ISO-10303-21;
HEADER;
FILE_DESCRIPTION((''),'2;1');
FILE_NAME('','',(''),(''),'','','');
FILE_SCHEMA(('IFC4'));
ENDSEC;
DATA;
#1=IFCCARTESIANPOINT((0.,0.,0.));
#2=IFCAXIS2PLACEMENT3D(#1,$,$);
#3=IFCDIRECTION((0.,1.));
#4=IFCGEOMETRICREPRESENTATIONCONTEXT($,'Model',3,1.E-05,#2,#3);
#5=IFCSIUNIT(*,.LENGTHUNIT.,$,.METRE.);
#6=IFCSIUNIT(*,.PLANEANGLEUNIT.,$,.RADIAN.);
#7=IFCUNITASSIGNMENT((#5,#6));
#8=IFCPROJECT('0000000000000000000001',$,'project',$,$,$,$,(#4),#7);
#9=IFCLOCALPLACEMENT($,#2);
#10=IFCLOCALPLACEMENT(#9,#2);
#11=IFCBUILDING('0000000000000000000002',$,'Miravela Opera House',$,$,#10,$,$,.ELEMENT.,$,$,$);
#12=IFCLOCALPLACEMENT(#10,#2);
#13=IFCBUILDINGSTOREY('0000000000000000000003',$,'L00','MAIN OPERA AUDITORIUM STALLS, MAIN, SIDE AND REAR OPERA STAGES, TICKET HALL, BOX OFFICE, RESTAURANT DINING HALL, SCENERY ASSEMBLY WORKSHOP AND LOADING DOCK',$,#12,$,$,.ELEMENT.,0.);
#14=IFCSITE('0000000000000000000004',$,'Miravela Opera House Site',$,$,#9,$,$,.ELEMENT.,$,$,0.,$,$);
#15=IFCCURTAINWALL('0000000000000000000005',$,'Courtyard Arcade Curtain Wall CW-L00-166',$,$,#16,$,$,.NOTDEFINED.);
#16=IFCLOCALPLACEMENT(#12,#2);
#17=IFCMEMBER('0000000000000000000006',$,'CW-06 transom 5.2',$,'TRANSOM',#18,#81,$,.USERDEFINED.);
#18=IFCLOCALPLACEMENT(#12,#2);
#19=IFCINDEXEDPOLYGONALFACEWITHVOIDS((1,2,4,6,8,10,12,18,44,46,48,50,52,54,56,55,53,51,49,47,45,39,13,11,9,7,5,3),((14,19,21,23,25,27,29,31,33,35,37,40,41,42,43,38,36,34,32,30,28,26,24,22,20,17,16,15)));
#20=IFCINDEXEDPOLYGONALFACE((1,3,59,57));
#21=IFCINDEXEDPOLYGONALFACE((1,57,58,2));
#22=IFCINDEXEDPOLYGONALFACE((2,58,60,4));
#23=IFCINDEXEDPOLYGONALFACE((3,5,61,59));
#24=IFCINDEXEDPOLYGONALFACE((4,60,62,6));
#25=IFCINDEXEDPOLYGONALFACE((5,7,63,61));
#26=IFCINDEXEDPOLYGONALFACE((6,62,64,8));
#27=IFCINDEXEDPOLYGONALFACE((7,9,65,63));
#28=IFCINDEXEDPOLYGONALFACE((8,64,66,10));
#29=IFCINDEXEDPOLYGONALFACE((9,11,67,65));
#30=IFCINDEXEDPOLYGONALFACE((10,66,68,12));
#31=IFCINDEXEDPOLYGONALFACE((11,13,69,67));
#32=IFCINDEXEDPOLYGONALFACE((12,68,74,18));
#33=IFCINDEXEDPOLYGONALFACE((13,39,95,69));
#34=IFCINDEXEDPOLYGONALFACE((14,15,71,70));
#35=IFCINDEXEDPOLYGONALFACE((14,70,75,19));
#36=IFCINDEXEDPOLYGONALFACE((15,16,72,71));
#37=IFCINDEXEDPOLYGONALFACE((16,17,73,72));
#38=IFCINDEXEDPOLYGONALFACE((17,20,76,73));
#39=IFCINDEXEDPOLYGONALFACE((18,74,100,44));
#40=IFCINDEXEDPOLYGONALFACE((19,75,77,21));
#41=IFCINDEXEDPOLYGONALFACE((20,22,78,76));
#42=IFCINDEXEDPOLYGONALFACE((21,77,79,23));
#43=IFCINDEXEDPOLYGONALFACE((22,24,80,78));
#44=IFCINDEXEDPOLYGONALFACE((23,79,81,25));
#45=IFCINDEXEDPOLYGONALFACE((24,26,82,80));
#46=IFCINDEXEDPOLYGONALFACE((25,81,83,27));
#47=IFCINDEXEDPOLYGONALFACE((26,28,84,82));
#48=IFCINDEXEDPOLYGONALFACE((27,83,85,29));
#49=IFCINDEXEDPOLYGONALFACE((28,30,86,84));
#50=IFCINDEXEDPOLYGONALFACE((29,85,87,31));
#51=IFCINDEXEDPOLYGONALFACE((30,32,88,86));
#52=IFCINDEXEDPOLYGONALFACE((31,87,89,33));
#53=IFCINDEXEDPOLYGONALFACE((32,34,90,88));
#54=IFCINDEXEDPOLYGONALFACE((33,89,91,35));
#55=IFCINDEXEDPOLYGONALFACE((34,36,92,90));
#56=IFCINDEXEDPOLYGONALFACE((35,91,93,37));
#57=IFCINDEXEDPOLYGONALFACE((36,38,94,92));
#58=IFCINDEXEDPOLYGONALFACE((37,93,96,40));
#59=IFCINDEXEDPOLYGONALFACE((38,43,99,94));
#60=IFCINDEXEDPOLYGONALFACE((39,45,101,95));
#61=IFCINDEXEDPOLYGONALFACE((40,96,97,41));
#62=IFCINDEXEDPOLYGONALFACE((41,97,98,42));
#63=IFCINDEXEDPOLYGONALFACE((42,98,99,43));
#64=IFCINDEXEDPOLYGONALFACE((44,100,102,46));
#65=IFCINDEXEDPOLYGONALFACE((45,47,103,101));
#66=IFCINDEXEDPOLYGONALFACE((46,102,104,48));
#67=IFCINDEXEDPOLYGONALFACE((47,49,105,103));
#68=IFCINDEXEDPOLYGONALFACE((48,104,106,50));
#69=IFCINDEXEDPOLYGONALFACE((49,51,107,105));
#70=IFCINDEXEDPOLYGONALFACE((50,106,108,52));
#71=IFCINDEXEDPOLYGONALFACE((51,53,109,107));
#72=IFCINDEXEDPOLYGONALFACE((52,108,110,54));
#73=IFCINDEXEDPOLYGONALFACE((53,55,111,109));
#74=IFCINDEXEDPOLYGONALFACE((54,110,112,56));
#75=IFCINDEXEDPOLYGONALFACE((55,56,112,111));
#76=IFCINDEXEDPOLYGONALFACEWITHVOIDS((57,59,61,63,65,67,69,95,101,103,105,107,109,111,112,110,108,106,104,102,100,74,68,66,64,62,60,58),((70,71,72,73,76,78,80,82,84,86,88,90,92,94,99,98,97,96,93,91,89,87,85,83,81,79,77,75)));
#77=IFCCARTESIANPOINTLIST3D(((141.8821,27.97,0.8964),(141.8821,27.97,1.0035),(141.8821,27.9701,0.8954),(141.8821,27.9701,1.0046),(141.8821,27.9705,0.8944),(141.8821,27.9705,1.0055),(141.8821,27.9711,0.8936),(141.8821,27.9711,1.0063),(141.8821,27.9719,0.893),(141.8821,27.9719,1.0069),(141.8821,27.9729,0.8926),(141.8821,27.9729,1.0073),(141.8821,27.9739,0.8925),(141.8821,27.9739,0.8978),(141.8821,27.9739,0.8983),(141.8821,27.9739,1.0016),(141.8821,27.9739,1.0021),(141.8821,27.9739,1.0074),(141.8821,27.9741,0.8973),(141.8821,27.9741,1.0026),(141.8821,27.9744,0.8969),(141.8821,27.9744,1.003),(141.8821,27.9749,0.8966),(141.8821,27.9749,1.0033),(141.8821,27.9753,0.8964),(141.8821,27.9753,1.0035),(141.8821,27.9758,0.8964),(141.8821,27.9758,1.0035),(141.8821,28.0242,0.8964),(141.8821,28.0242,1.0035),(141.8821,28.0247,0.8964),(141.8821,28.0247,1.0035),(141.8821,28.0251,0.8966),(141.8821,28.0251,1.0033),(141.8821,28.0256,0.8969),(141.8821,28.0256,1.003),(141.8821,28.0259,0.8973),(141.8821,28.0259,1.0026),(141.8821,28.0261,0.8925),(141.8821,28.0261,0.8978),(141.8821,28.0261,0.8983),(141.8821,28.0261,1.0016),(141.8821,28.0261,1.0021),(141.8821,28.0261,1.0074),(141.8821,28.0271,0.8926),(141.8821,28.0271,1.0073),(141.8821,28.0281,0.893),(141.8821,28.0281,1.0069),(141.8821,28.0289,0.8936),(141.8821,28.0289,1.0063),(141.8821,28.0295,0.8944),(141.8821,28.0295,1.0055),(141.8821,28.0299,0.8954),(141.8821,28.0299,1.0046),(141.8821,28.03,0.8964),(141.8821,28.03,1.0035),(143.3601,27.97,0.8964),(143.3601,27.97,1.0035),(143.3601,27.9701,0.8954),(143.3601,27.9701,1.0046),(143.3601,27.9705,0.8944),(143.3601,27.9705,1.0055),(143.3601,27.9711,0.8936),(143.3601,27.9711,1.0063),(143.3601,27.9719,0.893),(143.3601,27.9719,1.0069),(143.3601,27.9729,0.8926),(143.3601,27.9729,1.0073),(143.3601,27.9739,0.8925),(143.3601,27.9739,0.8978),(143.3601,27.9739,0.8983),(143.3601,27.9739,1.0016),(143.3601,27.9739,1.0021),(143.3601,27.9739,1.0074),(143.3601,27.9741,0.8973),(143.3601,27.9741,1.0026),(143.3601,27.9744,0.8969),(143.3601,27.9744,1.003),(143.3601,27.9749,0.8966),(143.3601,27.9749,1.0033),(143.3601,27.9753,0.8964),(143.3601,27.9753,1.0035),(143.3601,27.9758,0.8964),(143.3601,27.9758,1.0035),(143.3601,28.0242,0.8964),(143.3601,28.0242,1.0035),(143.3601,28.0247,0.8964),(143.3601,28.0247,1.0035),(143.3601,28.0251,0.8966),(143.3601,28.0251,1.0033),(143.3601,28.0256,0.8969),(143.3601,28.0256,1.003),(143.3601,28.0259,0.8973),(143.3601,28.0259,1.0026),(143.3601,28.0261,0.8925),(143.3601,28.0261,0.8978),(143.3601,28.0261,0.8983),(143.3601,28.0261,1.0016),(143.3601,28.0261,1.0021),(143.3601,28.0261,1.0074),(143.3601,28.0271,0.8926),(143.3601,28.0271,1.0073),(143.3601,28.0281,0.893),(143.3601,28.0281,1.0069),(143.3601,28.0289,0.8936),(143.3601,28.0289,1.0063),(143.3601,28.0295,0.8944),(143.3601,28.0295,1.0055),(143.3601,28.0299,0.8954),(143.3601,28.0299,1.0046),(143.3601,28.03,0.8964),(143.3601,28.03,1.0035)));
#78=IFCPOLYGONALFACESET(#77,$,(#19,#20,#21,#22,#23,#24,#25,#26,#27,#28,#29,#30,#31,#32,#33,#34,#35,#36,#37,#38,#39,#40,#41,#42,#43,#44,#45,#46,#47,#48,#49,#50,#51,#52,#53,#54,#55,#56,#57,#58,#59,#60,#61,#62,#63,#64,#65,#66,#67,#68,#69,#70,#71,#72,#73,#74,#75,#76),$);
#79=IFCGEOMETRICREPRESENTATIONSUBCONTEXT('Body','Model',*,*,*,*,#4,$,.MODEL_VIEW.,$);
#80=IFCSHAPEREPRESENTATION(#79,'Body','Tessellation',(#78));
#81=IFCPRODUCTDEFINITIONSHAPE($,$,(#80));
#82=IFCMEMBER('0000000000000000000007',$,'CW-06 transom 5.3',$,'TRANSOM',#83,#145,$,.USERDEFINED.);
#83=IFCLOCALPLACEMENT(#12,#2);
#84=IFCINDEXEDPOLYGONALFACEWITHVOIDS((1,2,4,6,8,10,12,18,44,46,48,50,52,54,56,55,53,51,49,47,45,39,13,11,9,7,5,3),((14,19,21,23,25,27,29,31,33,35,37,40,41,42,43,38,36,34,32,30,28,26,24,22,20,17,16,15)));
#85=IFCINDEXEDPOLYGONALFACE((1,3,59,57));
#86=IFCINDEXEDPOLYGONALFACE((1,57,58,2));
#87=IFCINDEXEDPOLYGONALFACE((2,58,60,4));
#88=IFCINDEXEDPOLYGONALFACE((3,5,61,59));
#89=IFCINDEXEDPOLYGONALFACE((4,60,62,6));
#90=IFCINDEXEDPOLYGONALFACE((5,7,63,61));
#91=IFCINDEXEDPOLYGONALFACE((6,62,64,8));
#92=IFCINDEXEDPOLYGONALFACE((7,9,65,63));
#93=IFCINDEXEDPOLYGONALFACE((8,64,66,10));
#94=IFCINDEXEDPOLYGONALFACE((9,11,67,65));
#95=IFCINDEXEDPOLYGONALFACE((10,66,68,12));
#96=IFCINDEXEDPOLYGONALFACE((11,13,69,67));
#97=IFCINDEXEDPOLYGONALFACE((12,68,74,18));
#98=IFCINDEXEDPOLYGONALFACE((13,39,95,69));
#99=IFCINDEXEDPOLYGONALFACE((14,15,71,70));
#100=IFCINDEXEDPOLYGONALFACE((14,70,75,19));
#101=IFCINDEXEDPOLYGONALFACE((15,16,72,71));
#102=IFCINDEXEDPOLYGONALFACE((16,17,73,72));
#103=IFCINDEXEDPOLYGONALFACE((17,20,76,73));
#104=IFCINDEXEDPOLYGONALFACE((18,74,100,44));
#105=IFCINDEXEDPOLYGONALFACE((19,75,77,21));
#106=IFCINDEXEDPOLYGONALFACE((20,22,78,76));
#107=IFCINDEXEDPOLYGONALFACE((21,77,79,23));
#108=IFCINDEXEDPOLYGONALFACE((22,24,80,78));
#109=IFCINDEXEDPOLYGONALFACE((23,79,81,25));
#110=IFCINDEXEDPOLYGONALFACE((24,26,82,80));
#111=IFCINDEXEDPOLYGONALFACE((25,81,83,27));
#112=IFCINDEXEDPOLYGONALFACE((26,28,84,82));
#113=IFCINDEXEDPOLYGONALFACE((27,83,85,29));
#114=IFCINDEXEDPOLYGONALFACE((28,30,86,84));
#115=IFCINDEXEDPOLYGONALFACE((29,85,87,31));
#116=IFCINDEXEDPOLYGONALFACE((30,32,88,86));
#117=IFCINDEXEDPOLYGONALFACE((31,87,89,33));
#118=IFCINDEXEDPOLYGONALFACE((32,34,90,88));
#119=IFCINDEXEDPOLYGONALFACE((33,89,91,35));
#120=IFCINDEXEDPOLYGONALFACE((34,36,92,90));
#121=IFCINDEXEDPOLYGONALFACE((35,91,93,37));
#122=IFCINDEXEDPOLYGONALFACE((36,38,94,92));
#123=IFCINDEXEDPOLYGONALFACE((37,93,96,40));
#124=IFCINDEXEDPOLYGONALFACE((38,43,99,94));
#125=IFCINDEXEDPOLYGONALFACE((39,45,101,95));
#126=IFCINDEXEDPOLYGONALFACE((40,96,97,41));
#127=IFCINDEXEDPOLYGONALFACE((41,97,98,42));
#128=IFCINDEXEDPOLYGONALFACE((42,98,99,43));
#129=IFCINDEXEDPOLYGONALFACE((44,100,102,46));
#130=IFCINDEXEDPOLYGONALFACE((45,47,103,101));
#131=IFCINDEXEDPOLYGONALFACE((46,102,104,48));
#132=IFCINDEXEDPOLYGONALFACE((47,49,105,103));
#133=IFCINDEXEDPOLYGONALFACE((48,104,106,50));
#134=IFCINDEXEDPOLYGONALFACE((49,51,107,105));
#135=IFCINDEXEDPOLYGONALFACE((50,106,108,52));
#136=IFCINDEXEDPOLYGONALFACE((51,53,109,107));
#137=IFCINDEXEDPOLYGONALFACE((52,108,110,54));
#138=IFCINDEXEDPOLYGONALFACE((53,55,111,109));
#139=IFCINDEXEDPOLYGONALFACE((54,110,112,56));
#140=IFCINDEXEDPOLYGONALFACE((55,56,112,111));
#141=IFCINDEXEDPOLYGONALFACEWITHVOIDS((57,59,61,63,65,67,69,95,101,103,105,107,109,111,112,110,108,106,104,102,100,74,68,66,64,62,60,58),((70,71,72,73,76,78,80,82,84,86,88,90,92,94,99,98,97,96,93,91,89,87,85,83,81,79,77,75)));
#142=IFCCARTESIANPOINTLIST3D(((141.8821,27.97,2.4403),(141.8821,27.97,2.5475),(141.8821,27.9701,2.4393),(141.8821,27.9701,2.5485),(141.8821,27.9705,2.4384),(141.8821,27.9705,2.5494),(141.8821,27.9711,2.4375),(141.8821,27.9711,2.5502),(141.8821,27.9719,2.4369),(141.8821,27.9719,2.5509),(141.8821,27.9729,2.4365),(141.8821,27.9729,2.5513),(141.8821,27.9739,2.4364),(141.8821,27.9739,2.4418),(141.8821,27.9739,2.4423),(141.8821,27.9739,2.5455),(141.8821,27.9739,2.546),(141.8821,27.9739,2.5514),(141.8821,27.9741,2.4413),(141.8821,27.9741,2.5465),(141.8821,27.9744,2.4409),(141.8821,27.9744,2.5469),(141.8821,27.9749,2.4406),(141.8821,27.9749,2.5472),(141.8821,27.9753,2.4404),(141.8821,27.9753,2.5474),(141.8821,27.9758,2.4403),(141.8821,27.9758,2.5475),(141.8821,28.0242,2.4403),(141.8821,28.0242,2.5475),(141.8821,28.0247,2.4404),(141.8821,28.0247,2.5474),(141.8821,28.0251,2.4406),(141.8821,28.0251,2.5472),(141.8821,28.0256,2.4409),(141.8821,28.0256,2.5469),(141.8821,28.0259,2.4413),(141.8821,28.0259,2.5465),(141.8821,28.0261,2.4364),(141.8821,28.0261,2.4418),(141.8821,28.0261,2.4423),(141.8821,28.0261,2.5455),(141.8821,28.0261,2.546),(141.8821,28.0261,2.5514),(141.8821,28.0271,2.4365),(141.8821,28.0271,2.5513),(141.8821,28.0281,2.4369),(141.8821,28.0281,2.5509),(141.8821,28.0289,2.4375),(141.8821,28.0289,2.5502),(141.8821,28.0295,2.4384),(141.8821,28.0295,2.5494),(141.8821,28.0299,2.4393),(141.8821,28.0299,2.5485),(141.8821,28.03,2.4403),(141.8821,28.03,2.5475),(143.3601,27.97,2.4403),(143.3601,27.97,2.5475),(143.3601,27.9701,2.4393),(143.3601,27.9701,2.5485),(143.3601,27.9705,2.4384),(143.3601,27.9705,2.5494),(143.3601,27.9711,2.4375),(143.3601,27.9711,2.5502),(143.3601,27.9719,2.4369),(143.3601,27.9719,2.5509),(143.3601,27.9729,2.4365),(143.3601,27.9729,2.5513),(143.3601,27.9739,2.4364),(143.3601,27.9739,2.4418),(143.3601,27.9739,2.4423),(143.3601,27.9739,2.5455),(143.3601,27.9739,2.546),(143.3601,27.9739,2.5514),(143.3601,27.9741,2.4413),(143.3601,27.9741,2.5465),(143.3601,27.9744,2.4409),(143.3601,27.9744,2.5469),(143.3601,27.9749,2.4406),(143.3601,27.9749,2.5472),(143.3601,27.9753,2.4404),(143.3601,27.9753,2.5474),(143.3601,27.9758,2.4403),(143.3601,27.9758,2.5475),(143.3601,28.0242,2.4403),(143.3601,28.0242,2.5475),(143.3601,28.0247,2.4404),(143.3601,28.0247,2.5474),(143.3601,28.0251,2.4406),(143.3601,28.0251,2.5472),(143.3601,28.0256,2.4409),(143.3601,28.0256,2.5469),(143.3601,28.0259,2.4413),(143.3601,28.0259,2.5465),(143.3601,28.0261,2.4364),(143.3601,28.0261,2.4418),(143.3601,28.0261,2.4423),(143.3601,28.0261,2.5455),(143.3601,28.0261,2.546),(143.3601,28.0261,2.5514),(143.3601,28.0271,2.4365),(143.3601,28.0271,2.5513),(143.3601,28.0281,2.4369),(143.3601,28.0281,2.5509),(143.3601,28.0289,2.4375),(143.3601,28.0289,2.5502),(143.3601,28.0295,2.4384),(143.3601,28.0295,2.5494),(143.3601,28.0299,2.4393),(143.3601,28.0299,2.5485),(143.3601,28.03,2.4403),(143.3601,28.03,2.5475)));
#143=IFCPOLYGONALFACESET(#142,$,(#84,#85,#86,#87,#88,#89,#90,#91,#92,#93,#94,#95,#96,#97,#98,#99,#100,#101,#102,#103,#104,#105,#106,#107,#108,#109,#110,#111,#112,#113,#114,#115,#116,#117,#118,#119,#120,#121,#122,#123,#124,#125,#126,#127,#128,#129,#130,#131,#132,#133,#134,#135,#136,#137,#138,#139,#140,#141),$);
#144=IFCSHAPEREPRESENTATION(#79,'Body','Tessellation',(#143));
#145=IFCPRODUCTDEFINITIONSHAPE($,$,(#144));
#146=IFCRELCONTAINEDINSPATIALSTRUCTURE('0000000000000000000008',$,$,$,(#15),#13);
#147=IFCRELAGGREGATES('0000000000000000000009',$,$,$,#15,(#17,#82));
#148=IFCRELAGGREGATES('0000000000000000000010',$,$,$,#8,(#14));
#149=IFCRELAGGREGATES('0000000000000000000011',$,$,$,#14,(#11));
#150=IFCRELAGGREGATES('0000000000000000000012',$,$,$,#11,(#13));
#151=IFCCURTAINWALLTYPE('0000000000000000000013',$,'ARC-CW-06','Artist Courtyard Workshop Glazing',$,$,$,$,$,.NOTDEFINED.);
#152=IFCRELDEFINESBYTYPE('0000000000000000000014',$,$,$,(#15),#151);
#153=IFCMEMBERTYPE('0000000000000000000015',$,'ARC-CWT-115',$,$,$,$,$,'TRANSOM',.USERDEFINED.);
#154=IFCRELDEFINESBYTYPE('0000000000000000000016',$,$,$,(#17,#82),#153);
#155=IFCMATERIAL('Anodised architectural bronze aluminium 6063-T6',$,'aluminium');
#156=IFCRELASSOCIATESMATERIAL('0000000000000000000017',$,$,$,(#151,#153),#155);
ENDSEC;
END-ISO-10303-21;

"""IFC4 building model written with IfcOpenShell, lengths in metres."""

from ifc_helpers import new_model, si_unit, direction, frame, origin, origin_2d, place, context, subcontext, project, spatial, hollow_rectangle, extrude, material, material_profile, profile_set, type_object, element, aggregate, save


model = new_model("IFC4")

# Units and contexts
model_context = context("Model", 3, precision=1e-05, world=origin(), true_north=direction((0.0, 1.0)))
body_context = subcontext(model_context, "Body", "Model", "MODEL_VIEW")
ifc_project = project(units=[si_unit("LENGTHUNIT", "METRE"), si_unit("PLANEANGLEUNIT", "RADIAN")], contexts=[model_context])

# Site, building, storey
site_placement = place(None, origin())
site = spatial("IfcSite", under=ifc_project, at=site_placement, Name="Miravela Opera House Site", CompositionType="ELEMENT", RefElevation=0.0)
building_placement = place(site_placement, origin())
building = spatial("IfcBuilding", under=site, at=building_placement, Name="Miravela Opera House", CompositionType="ELEMENT")
storey_placement = place(building_placement, origin())
storey = spatial("IfcBuildingStorey", under=building, at=storey_placement, Name="L00", Description="MAIN OPERA AUDITORIUM STALLS, MAIN, SIDE AND REAR OPERA STAGES, TICKET HALL, BOX OFFICE, RESTAURANT DINING HALL, SCENERY ASSEMBLY WORKSHOP AND LOADING DOCK", CompositionType="ELEMENT", Elevation=0.0)

# Curtain wall, members
ifc_material_1 = material(Name="Anodised architectural bronze aluminium 6063-T6", Category="aluminium")
curtain_wall_type = type_object("IfcCurtainWallType", Name="ARC-CW-06", Description="Artist Courtyard Workshop Glazing", PredefinedType="NOTDEFINED", material=ifc_material_1)
curtain_wall_placement = place(storey_placement, origin())
curtain_wall = element("IfcCurtainWall", 1, at=curtain_wall_placement, inside=storey, type_object=curtain_wall_type, Name="Courtyard Arcade Curtain Wall CW-L00-166", PredefinedType="NOTDEFINED")
ifc_material_profile_1 = material_profile(ifc_material_1, hollow_rectangle(XDim=0.0601, YDim=0.115, WallThickness=0.0039, InnerFilletRadius=0.002, OuterFilletRadius=0.0039, at=origin_2d()), Name="CWT-60X115")
ifc_profile_set_1 = profile_set([ifc_material_profile_1])
member_type_1 = type_object("IfcMemberType", Name="ARC-CWT-115", ElementType="TRANSOM", PredefinedType="USERDEFINED", material=ifc_profile_set_1)
member_1_placement = place(storey_placement, frame((141.8821, 28.0, 0.95), z_axis=(1.0, 0.0, 0.0), x_axis=(0.0, 1.0, 0.0)))
member_1 = element("IfcMember", 2, at=member_1_placement, type_object=member_type_1, Name="CW-06 transom 5.2", ObjectType="TRANSOM", PredefinedType="USERDEFINED", context=body_context, shape_type="SweptSolid", body=[
    extrude(hollow_rectangle(XDim=0.0601, YDim=0.115, WallThickness=0.0039, InnerFilletRadius=0.002, OuterFilletRadius=0.0039, at=origin_2d()), origin(), (0.0, 0.0, 1.0), 1.478),
])
member_2_placement = place(storey_placement, frame((141.8821, 28.0, 2.4939), z_axis=(1.0, 0.0, 0.0), x_axis=(0.0, 1.0, 0.0)))
member_2 = element("IfcMember", 3, at=member_2_placement, type_object=member_type_1, Name="CW-06 transom 5.3", ObjectType="TRANSOM", PredefinedType="USERDEFINED", context=body_context, shape_type="SweptSolid", body=[
    extrude(hollow_rectangle(XDim=0.0601, YDim=0.115, WallThickness=0.0039, InnerFilletRadius=0.002, OuterFilletRadius=0.0039, at=origin_2d()), origin(), (0.0, 0.0, 1.0), 1.478),
])
aggregate(curtain_wall, [member_1, member_2])

save(model, "model.ifc")
